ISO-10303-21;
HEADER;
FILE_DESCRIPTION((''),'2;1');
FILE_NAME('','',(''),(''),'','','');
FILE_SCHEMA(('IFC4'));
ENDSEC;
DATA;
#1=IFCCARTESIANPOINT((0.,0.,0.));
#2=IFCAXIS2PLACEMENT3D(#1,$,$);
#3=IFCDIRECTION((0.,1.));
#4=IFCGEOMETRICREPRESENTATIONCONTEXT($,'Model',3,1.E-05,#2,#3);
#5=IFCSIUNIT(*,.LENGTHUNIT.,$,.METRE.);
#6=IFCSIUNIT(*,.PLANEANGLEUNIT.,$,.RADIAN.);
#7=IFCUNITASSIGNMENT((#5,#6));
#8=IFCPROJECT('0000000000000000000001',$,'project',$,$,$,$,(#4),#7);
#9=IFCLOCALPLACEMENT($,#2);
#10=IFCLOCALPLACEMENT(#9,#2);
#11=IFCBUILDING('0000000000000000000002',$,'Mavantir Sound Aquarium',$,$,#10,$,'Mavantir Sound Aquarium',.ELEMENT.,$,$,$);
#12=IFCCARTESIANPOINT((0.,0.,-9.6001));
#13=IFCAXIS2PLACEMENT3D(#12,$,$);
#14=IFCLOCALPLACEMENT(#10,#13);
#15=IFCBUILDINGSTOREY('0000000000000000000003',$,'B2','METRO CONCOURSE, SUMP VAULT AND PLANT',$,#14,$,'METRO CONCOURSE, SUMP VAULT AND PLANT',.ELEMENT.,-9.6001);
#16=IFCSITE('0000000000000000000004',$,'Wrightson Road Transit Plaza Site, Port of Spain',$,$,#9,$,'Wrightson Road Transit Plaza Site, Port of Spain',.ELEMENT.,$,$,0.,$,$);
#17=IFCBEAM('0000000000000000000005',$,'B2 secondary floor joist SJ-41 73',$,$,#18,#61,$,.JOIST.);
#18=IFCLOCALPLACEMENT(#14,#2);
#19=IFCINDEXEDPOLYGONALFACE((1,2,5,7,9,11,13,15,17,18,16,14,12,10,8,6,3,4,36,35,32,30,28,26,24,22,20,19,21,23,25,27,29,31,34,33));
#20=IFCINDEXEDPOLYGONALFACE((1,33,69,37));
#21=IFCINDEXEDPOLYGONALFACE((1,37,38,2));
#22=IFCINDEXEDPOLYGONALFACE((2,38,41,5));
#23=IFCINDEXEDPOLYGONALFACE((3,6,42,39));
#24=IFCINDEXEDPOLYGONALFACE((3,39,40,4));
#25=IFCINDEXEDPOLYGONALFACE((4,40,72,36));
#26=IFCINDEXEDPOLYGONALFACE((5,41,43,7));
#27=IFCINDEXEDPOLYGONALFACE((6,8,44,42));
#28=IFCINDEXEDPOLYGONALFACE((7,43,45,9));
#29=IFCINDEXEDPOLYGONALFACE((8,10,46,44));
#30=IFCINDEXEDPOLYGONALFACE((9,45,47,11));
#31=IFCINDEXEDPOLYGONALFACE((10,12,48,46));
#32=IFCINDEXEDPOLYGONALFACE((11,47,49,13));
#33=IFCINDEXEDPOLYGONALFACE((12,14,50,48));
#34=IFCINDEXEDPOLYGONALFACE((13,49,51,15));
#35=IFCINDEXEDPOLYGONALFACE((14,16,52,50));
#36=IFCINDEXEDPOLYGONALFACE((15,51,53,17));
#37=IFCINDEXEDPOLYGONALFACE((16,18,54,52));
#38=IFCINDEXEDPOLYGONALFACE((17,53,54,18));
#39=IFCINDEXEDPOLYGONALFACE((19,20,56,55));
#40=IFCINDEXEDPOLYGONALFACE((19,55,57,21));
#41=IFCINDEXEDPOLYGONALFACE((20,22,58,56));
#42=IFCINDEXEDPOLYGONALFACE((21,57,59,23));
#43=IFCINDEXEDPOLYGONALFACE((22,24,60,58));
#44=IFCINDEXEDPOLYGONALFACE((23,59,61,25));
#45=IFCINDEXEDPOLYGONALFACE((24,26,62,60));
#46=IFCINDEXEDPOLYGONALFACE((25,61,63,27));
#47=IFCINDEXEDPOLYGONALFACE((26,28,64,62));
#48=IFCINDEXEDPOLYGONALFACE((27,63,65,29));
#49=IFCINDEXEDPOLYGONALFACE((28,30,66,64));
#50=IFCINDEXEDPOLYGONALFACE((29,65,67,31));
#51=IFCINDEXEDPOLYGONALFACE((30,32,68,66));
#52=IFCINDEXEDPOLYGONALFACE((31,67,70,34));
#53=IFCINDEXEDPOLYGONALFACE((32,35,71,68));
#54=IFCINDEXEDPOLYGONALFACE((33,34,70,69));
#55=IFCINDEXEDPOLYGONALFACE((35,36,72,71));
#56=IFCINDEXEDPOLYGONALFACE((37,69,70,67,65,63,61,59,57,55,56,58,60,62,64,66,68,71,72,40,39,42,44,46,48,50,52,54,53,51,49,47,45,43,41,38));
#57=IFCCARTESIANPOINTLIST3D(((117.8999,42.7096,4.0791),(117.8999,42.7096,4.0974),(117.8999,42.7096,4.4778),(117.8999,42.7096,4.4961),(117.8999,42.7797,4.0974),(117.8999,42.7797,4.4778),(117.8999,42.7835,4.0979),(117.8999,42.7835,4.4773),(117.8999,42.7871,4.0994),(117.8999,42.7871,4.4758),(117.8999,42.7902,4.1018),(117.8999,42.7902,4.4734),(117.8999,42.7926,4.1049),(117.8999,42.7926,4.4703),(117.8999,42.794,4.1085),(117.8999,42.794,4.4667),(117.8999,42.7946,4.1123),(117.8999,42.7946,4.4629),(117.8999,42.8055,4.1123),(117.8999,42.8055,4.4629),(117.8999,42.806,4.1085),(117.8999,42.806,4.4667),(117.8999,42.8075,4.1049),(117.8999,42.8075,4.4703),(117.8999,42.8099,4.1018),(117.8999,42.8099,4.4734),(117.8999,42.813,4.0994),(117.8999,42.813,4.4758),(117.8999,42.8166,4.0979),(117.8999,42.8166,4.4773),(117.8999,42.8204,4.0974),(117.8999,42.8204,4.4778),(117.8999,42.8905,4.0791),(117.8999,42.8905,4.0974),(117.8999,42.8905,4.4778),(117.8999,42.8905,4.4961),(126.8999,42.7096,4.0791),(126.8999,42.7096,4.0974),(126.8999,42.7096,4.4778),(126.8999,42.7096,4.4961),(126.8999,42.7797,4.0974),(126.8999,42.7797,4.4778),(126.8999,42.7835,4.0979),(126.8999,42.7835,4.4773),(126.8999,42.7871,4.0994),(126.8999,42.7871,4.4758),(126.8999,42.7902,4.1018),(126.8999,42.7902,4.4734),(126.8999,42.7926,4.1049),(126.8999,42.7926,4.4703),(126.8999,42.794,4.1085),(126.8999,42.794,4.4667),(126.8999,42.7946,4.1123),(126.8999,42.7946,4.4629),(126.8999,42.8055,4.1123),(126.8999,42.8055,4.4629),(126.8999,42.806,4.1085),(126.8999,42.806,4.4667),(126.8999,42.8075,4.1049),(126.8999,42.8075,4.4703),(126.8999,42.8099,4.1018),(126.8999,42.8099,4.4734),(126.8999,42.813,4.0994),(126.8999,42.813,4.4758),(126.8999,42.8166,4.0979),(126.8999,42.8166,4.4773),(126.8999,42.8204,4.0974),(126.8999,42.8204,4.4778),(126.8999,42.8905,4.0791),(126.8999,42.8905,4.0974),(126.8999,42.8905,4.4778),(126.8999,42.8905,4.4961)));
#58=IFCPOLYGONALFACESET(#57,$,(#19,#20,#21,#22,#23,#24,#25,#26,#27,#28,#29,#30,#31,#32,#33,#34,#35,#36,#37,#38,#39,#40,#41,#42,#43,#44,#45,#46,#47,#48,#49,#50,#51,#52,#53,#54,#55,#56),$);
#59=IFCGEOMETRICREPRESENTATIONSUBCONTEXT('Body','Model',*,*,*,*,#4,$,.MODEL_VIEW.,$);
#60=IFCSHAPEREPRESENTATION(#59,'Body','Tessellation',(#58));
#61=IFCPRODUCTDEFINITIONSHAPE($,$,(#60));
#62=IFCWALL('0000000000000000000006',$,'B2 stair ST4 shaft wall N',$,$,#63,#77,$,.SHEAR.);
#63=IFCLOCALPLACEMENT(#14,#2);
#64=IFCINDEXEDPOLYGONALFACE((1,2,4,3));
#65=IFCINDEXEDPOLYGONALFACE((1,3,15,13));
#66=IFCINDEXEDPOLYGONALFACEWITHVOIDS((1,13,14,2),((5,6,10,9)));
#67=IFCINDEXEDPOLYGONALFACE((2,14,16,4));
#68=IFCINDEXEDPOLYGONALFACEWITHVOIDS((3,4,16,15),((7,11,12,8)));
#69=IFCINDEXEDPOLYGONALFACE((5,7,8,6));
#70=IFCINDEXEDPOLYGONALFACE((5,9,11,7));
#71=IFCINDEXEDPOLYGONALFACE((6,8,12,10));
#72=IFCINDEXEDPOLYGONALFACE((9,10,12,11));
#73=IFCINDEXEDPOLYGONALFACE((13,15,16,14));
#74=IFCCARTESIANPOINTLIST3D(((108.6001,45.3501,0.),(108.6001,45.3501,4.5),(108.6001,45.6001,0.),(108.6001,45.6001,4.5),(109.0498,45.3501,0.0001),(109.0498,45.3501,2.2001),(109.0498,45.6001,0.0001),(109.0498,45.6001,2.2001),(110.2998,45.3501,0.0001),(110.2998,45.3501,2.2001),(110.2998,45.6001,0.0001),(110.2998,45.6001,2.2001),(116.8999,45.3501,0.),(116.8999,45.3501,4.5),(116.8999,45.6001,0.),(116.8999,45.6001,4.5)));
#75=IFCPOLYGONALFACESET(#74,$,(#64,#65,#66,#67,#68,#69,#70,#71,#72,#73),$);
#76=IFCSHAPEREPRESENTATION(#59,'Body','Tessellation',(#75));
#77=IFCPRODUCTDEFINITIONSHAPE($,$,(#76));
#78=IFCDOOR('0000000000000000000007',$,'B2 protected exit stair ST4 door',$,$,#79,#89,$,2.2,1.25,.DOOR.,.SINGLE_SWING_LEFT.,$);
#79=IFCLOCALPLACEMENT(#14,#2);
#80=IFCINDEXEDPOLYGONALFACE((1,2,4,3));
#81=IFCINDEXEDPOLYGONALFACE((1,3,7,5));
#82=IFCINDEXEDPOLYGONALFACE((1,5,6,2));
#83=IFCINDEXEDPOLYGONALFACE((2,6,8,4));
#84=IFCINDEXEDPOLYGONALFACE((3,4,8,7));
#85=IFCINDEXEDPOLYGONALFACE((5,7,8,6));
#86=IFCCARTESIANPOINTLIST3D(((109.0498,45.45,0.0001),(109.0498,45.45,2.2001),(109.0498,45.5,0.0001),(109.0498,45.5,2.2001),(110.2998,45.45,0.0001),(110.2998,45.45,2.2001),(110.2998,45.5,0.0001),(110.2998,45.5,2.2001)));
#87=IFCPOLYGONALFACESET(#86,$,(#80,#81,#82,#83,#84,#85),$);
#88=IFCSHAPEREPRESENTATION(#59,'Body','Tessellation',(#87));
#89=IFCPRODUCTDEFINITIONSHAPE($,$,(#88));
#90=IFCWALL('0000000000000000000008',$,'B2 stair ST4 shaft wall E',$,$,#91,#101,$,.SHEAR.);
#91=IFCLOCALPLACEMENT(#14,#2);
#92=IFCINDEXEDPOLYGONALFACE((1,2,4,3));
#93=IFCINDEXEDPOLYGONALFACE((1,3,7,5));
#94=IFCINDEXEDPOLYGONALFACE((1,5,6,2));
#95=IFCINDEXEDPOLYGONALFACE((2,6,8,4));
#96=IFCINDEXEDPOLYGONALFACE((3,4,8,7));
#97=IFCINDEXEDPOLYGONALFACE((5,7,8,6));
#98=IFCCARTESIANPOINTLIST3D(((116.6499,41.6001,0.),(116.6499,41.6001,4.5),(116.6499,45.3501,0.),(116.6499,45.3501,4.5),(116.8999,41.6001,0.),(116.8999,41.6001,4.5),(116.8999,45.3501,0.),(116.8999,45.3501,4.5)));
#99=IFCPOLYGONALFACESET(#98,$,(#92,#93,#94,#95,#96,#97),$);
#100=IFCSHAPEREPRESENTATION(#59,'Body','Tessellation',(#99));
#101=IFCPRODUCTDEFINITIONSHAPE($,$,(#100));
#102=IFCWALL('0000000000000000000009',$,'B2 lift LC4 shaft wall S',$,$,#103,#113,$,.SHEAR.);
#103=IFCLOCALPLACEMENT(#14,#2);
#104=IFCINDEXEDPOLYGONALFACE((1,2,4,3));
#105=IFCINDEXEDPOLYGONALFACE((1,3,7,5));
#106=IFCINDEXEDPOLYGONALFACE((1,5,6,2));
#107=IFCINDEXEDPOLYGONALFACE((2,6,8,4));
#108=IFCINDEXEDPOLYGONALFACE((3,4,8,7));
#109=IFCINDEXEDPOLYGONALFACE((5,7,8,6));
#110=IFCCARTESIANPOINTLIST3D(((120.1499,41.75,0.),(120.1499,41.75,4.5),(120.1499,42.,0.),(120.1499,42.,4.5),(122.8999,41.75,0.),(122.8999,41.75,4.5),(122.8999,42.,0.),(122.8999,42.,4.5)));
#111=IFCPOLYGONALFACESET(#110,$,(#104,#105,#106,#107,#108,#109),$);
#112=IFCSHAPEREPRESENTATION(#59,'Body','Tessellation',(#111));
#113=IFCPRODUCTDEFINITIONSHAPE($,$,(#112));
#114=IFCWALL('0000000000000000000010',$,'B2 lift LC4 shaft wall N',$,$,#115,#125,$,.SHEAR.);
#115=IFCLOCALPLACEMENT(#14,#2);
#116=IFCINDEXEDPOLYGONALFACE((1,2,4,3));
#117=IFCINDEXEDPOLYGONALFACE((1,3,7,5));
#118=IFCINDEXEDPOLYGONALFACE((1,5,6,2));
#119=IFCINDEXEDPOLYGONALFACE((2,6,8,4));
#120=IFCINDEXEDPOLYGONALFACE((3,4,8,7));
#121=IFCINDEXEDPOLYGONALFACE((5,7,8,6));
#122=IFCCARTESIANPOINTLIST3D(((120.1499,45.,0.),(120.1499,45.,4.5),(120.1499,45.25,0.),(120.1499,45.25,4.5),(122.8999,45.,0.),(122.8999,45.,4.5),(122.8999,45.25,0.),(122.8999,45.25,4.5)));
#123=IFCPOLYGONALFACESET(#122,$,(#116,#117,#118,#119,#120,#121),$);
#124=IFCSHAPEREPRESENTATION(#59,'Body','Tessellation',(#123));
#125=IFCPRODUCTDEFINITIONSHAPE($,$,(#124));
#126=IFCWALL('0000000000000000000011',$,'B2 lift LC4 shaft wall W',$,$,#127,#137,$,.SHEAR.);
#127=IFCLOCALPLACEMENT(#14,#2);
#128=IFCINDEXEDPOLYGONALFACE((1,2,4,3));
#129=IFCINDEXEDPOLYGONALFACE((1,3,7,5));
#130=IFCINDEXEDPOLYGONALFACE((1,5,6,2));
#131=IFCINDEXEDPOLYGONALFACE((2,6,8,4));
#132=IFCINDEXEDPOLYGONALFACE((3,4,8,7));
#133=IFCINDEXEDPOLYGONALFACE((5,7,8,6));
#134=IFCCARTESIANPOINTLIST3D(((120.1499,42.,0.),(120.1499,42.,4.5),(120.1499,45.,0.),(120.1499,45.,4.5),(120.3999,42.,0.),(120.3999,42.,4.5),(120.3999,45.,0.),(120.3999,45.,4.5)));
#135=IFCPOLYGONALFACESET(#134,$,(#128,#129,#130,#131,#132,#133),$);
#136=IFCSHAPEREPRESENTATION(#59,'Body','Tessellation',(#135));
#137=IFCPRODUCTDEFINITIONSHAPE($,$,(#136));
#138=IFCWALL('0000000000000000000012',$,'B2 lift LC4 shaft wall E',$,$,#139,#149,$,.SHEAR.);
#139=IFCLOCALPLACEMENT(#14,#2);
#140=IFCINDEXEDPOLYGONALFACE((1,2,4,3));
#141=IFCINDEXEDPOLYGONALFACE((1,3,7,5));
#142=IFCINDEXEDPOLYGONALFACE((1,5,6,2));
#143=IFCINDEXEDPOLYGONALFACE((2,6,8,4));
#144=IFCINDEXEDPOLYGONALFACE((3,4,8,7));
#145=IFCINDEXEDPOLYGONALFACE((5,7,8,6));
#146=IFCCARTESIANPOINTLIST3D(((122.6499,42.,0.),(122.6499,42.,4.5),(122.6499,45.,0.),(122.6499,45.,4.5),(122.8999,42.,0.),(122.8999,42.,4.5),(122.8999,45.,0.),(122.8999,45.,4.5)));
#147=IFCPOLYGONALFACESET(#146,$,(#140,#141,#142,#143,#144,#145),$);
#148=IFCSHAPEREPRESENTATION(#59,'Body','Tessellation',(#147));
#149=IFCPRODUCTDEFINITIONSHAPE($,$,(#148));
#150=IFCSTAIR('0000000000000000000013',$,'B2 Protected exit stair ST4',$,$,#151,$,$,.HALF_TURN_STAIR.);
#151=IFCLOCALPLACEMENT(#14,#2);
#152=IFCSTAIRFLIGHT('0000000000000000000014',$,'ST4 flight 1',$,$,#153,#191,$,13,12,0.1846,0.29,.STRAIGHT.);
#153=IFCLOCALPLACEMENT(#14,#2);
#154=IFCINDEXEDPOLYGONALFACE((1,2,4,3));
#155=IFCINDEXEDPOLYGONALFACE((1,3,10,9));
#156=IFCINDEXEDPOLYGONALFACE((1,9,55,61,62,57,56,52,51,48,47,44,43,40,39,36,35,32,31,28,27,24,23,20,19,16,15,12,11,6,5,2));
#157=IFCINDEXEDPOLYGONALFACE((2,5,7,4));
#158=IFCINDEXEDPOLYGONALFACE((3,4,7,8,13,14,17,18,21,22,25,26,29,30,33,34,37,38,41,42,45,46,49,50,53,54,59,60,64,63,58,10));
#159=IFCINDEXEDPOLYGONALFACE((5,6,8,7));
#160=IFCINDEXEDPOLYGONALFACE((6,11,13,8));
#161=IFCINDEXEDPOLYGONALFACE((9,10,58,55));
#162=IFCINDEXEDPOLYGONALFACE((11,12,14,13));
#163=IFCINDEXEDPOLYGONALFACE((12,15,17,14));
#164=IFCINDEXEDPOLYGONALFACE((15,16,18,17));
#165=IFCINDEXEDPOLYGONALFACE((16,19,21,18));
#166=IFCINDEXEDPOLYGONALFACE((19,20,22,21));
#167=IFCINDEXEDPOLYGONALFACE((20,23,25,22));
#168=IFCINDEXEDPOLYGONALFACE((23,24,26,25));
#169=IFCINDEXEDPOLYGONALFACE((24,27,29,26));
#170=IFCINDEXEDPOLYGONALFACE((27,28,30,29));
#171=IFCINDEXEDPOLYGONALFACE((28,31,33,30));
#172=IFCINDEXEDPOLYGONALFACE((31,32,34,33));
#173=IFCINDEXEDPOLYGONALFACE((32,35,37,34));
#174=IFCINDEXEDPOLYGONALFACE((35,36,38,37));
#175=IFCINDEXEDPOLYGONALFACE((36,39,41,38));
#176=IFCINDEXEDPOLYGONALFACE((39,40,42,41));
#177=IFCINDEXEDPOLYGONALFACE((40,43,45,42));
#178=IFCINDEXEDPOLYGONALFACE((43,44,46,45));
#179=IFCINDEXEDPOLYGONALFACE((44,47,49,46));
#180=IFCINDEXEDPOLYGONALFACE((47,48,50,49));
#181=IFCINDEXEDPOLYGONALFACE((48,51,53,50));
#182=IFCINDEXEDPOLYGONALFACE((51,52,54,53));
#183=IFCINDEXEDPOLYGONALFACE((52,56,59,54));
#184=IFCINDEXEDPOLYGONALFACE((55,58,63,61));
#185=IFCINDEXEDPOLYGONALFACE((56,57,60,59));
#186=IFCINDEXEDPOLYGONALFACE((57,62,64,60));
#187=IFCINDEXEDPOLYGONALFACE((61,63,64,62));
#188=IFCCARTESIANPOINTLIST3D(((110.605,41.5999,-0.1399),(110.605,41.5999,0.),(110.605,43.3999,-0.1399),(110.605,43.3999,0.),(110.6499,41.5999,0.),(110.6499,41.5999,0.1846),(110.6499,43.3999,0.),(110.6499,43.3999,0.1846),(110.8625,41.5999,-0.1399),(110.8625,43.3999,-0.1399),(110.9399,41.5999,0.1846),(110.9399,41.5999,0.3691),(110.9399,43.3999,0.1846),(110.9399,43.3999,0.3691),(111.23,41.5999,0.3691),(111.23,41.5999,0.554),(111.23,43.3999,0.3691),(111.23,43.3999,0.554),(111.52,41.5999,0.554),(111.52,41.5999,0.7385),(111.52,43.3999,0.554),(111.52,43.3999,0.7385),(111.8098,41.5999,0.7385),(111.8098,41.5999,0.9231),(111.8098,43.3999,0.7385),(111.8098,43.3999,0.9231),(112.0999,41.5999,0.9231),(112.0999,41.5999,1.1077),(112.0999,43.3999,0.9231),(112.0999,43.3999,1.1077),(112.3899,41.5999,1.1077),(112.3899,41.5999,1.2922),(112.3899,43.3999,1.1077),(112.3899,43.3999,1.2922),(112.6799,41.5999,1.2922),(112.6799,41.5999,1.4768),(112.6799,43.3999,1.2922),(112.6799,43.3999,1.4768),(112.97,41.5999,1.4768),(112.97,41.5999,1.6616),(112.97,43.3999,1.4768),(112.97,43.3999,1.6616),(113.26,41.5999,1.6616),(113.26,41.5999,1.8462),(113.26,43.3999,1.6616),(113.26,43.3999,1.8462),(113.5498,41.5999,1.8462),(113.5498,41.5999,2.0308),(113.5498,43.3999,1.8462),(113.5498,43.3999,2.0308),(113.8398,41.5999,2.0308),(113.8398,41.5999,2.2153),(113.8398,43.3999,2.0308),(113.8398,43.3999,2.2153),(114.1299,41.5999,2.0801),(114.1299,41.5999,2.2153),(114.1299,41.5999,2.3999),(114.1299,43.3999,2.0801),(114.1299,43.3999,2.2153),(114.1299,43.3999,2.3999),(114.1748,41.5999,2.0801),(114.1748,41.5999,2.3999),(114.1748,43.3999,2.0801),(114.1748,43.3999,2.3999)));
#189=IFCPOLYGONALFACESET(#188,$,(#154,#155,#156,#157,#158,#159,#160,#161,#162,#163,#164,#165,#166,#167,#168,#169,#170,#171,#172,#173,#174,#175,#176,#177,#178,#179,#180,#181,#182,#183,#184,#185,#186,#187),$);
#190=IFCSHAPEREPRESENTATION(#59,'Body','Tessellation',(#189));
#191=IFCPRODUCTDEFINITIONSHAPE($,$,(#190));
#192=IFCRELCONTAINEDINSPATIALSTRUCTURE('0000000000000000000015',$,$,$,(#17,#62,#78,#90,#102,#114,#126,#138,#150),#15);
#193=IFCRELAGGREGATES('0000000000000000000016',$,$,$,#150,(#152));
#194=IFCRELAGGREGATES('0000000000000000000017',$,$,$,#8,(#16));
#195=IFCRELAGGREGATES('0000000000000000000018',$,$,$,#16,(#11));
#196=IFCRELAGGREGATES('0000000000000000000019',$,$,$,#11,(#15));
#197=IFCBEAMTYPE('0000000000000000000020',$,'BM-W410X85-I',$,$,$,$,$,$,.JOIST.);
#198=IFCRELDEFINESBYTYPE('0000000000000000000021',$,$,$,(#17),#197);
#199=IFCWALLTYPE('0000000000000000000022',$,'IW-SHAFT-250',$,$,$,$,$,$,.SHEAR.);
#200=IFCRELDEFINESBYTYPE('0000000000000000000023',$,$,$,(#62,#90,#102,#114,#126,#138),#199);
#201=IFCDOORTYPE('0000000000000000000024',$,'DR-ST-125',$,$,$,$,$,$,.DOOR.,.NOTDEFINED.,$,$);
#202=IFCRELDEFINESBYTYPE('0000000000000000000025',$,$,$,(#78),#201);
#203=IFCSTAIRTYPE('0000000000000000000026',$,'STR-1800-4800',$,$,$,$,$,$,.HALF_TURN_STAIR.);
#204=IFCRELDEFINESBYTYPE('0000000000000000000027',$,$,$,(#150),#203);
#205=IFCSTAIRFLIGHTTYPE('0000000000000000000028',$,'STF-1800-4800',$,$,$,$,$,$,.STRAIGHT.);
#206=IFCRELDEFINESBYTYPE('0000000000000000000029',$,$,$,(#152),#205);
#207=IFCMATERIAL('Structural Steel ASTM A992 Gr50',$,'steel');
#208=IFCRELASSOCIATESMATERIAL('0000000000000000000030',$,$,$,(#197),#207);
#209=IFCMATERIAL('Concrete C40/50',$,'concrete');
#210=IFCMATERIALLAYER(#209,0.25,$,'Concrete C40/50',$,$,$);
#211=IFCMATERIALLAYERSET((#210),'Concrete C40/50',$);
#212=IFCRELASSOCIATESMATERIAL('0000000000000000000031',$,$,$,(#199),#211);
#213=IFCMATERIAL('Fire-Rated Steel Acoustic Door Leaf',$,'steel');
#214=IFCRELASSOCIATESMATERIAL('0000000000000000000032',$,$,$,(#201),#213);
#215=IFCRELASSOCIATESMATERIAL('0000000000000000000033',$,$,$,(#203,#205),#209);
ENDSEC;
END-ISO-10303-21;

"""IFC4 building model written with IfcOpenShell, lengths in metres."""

from ifc_helpers import new_model, si_unit, direction, frame, frame_2d, origin, origin_2d, place, context, subcontext, project, spatial, polyline, rectangle, i_section, outline, extrude, material, layer, layer_set, material_profile, profile_set, type_object, element, fill, aggregate, save


model = new_model("IFC4")

# Units and contexts
model_context = context("Model", 3, precision=1e-05, world=origin(), true_north=direction((0.0, 1.0)))
body_context = subcontext(model_context, "Body", "Model", "MODEL_VIEW")
ifc_project = project(units=[si_unit("LENGTHUNIT", "METRE"), si_unit("PLANEANGLEUNIT", "RADIAN")], contexts=[model_context])

# Site, building, storey
site_placement = place(None, origin())
site = spatial("IfcSite", under=ifc_project, at=site_placement, Name="Wrightson Road Transit Plaza Site, Port of Spain", LongName="Wrightson Road Transit Plaza Site, Port of Spain", CompositionType="ELEMENT", RefElevation=0.0)
building_placement = place(site_placement, origin())
building = spatial("IfcBuilding", under=site, at=building_placement, Name="Mavantir Sound Aquarium", LongName="Mavantir Sound Aquarium", CompositionType="ELEMENT")
storey_placement = place(building_placement, frame((0.0, 0.0, -9.6001)))
storey = spatial("IfcBuildingStorey", under=building, at=storey_placement, Name="B2", Description="METRO CONCOURSE, SUMP VAULT AND PLANT", LongName="METRO CONCOURSE, SUMP VAULT AND PLANT", CompositionType="ELEMENT", Elevation=-9.6001)

# Shared definitions
ifc_material_1 = material(Name="Concrete C40/50", Category="concrete")

# Beam
ifc_material_2 = material(Name="Structural Steel ASTM A992 Gr50", Category="steel")
ifc_material_profile_1 = material_profile(ifc_material_2, i_section(OverallWidth=0.1809, OverallDepth=0.417, WebThickness=0.011, FlangeThickness=0.0183, FilletRadius=0.0149, at=origin_2d()), Name="W410X85")
ifc_profile_set_1 = profile_set([ifc_material_profile_1], Name="Structural Steel ASTM A992 Gr50")
beam_type_1 = type_object("IfcBeamType", Name="BM-W410X85-I", PredefinedType="JOIST", material=ifc_profile_set_1)
beam_1_placement = place(storey_placement, frame((117.8999, 42.8, 4.2876), z_axis=(1.0, 0.0, 0.0), x_axis=(0.0, 1.0, 0.0)))
element("IfcBeam", 1, at=beam_1_placement, inside=storey, type_object=beam_type_1, Name="B2 secondary floor joist SJ-41 73", PredefinedType="JOIST", context=body_context, shape_type="SweptSolid", body=[
    extrude(i_section(OverallWidth=0.1809, OverallDepth=0.417, WebThickness=0.011, FlangeThickness=0.0183, FilletRadius=0.0149, at=origin_2d()), origin(), (0.0, 0.0, 1.0), 9.0),
])

# Wall, opening, door
ifc_layer = layer(ifc_material_1, 0.25, Name="Concrete C40/50")
ifc_layer_set = layer_set([ifc_layer], Name="Concrete C40/50")
wall_type = type_object("IfcWallType", Name="IW-SHAFT-250", PredefinedType="SHEAR", material=ifc_layer_set)
wall_1_placement = place(storey_placement, frame((116.8999, 45.4751, 0.0), z_axis=(0.0, 0.0, 1.0), x_axis=(-1.0, 0.0, 0.0)))
wall_1 = element("IfcWall", 2, at=wall_1_placement, inside=storey, type_object=wall_type, Name="B2 stair ST4 shaft wall N", PredefinedType="SHEAR", context=body_context, shape_type="SweptSolid", body=[
    extrude(rectangle(XDim=8.2998, YDim=0.25, at=frame_2d((4.1499, 0.0))), origin(), (0.0, 0.0, 1.0), 4.5),
])
opening_placement = place(wall_1_placement, frame((7.8501, 0.0, 0.0), z_axis=(0.0, 0.0, 1.0), x_axis=(-1.0, 0.0, 0.0)))
opening = element("IfcOpeningElement", 3, at=opening_placement, cuts=wall_1, PredefinedType="OPENING", context=body_context, shape_type="SweptSolid", body=[
    extrude(rectangle(XDim=1.25, YDim=2.2, at=frame_2d((0.625, 1.1001))), frame((0.0, 0.135, 0.0), z_axis=(0.0, -1.0, 0.0), x_axis=(1.0, 0.0, 0.0)), (0.0, 0.0, 1.0), 0.27),
])
ifc_material_3 = material(Name="Fire-Rated Steel Acoustic Door Leaf", Category="steel")
door_type = type_object("IfcDoorType", Name="DR-ST-125", OperationType="NOTDEFINED", PredefinedType="DOOR", material=ifc_material_3)
door_placement = place(opening_placement, origin())
door = element("IfcDoor", 4, at=door_placement, inside=storey, type_object=door_type, Name="B2 protected exit stair ST4 door", OperationType="SINGLE_SWING_LEFT", OverallHeight=2.2, OverallWidth=1.25, PredefinedType="DOOR", context=body_context, shape_type="SweptSolid", body=[
    extrude(rectangle(XDim=1.25, YDim=2.2, at=frame_2d((0.625, 1.1001))), frame((0.0, 0.0249, 0.0), z_axis=(0.0, -1.0, 0.0), x_axis=(1.0, 0.0, 0.0)), (0.0, 0.0, 1.0), 0.05),
])
fill(opening, door)

# Walls
wall_2_placement = place(storey_placement, frame((116.7749, 41.6001, 0.0), z_axis=(0.0, 0.0, 1.0), x_axis=(0.0, 1.0, 0.0)))
element("IfcWall", 5, at=wall_2_placement, inside=storey, type_object=wall_type, Name="B2 stair ST4 shaft wall E", PredefinedType="SHEAR", context=body_context, shape_type="SweptSolid", body=[
    extrude(rectangle(XDim=3.75, YDim=0.25, at=frame_2d((1.875, 0.0))), origin(), (0.0, 0.0, 1.0), 4.5),
])
for number, where, z_axis, x_axis, name in (
    (6, (120.1499, 41.875, 0.0), (0.0, 0.0, 1.0), (1.0, 0.0, 0.0), "B2 lift LC4 shaft wall S"),
    (7, (120.1499, 45.125, 0.0), (0.0, 0.0, 1.0), (1.0, 0.0, 0.0), "B2 lift LC4 shaft wall N"),
):
    element("IfcWall", number, at=place(storey_placement, frame(where, z_axis=z_axis, x_axis=x_axis)), inside=storey, type_object=wall_type, Name=name, PredefinedType="SHEAR", context=body_context, shape_type="SweptSolid", body=[
        extrude(rectangle(XDim=2.75, YDim=0.25, at=frame_2d((1.375, 0.0))), origin(), (0.0, 0.0, 1.0), 4.5),
    ])
for number, where, z_axis, x_axis, name in (
    (8, (120.2749, 42.0, 0.0), (0.0, 0.0, 1.0), (0.0, 1.0, 0.0), "B2 lift LC4 shaft wall W"),
    (9, (122.7749, 42.0, 0.0), (0.0, 0.0, 1.0), (0.0, 1.0, 0.0), "B2 lift LC4 shaft wall E"),
):
    element("IfcWall", number, at=place(storey_placement, frame(where, z_axis=z_axis, x_axis=x_axis)), inside=storey, type_object=wall_type, Name=name, PredefinedType="SHEAR", context=body_context, shape_type="SweptSolid", body=[
        extrude(rectangle(XDim=3.0, YDim=0.25, at=frame_2d((1.5, 0.0))), origin(), (0.0, 0.0, 1.0), 4.5),
    ])

# Stair, stair flight
stair_type = type_object("IfcStairType", Name="STR-1800-4800", PredefinedType="HALF_TURN_STAIR", material=ifc_material_1)
stair_placement = place(storey_placement, origin())
stair = element("IfcStair", 10, at=stair_placement, inside=storey, type_object=stair_type, Name="B2 Protected exit stair ST4", PredefinedType="HALF_TURN_STAIR")
stair_flight_type = type_object("IfcStairFlightType", Name="STF-1800-4800", PredefinedType="STRAIGHT", material=ifc_material_1)
stair_flight_1_placement = place(storey_placement, frame((110.6499, 42.5, 0.0), z_axis=(0.0, 0.0, 1.0), x_axis=(1.0, 0.0, 0.0)))
stair_flight_1 = element("IfcStairFlight", 11, at=stair_flight_1_placement, type_object=stair_flight_type, Name="ST4 flight 1", NumberOfRisers=13, NumberOfTreads=12, PredefinedType="STRAIGHT", RiserHeight=0.1846, TreadLength=0.29, context=body_context, shape_type="SweptSolid", body=[
    extrude(outline(polyline([(-0.0449, -0.1399), (-0.0449, 0.0), (0.0, 0.0), (0.0, 0.1846), (0.29, 0.1846), (0.29, 0.3691), (0.5801, 0.3691), (0.5801, 0.554), (0.8701, 0.554), (0.8701, 0.7385), (1.1599, 0.7385), (1.1599, 0.9231), (1.45, 0.9231), (1.45, 1.1077), (1.74, 1.1077), (1.74, 1.2922), (2.03, 1.2922), (2.03, 1.4768), (2.3201, 1.4768), (2.3201, 1.6616), (2.6101, 1.6616), (2.6101, 1.8462), (2.8999, 1.8462), (2.8999, 2.0308), (3.1899, 2.0308), (3.1899, 2.2153), (3.48, 2.2153), (3.48, 2.3999), (3.5249, 2.3999), (3.5249, 2.0801), (3.48, 2.0801), (0.2126, -0.1399), (-0.0449, -0.1399)])), frame((0.0, 0.8999, 0.0), z_axis=(0.0, -1.0, 0.0), x_axis=(1.0, 0.0, 0.0)), (0.0, 0.0, 1.0), 1.8),
])
aggregate(stair, [stair_flight_1])

save(model, "model.ifc")
